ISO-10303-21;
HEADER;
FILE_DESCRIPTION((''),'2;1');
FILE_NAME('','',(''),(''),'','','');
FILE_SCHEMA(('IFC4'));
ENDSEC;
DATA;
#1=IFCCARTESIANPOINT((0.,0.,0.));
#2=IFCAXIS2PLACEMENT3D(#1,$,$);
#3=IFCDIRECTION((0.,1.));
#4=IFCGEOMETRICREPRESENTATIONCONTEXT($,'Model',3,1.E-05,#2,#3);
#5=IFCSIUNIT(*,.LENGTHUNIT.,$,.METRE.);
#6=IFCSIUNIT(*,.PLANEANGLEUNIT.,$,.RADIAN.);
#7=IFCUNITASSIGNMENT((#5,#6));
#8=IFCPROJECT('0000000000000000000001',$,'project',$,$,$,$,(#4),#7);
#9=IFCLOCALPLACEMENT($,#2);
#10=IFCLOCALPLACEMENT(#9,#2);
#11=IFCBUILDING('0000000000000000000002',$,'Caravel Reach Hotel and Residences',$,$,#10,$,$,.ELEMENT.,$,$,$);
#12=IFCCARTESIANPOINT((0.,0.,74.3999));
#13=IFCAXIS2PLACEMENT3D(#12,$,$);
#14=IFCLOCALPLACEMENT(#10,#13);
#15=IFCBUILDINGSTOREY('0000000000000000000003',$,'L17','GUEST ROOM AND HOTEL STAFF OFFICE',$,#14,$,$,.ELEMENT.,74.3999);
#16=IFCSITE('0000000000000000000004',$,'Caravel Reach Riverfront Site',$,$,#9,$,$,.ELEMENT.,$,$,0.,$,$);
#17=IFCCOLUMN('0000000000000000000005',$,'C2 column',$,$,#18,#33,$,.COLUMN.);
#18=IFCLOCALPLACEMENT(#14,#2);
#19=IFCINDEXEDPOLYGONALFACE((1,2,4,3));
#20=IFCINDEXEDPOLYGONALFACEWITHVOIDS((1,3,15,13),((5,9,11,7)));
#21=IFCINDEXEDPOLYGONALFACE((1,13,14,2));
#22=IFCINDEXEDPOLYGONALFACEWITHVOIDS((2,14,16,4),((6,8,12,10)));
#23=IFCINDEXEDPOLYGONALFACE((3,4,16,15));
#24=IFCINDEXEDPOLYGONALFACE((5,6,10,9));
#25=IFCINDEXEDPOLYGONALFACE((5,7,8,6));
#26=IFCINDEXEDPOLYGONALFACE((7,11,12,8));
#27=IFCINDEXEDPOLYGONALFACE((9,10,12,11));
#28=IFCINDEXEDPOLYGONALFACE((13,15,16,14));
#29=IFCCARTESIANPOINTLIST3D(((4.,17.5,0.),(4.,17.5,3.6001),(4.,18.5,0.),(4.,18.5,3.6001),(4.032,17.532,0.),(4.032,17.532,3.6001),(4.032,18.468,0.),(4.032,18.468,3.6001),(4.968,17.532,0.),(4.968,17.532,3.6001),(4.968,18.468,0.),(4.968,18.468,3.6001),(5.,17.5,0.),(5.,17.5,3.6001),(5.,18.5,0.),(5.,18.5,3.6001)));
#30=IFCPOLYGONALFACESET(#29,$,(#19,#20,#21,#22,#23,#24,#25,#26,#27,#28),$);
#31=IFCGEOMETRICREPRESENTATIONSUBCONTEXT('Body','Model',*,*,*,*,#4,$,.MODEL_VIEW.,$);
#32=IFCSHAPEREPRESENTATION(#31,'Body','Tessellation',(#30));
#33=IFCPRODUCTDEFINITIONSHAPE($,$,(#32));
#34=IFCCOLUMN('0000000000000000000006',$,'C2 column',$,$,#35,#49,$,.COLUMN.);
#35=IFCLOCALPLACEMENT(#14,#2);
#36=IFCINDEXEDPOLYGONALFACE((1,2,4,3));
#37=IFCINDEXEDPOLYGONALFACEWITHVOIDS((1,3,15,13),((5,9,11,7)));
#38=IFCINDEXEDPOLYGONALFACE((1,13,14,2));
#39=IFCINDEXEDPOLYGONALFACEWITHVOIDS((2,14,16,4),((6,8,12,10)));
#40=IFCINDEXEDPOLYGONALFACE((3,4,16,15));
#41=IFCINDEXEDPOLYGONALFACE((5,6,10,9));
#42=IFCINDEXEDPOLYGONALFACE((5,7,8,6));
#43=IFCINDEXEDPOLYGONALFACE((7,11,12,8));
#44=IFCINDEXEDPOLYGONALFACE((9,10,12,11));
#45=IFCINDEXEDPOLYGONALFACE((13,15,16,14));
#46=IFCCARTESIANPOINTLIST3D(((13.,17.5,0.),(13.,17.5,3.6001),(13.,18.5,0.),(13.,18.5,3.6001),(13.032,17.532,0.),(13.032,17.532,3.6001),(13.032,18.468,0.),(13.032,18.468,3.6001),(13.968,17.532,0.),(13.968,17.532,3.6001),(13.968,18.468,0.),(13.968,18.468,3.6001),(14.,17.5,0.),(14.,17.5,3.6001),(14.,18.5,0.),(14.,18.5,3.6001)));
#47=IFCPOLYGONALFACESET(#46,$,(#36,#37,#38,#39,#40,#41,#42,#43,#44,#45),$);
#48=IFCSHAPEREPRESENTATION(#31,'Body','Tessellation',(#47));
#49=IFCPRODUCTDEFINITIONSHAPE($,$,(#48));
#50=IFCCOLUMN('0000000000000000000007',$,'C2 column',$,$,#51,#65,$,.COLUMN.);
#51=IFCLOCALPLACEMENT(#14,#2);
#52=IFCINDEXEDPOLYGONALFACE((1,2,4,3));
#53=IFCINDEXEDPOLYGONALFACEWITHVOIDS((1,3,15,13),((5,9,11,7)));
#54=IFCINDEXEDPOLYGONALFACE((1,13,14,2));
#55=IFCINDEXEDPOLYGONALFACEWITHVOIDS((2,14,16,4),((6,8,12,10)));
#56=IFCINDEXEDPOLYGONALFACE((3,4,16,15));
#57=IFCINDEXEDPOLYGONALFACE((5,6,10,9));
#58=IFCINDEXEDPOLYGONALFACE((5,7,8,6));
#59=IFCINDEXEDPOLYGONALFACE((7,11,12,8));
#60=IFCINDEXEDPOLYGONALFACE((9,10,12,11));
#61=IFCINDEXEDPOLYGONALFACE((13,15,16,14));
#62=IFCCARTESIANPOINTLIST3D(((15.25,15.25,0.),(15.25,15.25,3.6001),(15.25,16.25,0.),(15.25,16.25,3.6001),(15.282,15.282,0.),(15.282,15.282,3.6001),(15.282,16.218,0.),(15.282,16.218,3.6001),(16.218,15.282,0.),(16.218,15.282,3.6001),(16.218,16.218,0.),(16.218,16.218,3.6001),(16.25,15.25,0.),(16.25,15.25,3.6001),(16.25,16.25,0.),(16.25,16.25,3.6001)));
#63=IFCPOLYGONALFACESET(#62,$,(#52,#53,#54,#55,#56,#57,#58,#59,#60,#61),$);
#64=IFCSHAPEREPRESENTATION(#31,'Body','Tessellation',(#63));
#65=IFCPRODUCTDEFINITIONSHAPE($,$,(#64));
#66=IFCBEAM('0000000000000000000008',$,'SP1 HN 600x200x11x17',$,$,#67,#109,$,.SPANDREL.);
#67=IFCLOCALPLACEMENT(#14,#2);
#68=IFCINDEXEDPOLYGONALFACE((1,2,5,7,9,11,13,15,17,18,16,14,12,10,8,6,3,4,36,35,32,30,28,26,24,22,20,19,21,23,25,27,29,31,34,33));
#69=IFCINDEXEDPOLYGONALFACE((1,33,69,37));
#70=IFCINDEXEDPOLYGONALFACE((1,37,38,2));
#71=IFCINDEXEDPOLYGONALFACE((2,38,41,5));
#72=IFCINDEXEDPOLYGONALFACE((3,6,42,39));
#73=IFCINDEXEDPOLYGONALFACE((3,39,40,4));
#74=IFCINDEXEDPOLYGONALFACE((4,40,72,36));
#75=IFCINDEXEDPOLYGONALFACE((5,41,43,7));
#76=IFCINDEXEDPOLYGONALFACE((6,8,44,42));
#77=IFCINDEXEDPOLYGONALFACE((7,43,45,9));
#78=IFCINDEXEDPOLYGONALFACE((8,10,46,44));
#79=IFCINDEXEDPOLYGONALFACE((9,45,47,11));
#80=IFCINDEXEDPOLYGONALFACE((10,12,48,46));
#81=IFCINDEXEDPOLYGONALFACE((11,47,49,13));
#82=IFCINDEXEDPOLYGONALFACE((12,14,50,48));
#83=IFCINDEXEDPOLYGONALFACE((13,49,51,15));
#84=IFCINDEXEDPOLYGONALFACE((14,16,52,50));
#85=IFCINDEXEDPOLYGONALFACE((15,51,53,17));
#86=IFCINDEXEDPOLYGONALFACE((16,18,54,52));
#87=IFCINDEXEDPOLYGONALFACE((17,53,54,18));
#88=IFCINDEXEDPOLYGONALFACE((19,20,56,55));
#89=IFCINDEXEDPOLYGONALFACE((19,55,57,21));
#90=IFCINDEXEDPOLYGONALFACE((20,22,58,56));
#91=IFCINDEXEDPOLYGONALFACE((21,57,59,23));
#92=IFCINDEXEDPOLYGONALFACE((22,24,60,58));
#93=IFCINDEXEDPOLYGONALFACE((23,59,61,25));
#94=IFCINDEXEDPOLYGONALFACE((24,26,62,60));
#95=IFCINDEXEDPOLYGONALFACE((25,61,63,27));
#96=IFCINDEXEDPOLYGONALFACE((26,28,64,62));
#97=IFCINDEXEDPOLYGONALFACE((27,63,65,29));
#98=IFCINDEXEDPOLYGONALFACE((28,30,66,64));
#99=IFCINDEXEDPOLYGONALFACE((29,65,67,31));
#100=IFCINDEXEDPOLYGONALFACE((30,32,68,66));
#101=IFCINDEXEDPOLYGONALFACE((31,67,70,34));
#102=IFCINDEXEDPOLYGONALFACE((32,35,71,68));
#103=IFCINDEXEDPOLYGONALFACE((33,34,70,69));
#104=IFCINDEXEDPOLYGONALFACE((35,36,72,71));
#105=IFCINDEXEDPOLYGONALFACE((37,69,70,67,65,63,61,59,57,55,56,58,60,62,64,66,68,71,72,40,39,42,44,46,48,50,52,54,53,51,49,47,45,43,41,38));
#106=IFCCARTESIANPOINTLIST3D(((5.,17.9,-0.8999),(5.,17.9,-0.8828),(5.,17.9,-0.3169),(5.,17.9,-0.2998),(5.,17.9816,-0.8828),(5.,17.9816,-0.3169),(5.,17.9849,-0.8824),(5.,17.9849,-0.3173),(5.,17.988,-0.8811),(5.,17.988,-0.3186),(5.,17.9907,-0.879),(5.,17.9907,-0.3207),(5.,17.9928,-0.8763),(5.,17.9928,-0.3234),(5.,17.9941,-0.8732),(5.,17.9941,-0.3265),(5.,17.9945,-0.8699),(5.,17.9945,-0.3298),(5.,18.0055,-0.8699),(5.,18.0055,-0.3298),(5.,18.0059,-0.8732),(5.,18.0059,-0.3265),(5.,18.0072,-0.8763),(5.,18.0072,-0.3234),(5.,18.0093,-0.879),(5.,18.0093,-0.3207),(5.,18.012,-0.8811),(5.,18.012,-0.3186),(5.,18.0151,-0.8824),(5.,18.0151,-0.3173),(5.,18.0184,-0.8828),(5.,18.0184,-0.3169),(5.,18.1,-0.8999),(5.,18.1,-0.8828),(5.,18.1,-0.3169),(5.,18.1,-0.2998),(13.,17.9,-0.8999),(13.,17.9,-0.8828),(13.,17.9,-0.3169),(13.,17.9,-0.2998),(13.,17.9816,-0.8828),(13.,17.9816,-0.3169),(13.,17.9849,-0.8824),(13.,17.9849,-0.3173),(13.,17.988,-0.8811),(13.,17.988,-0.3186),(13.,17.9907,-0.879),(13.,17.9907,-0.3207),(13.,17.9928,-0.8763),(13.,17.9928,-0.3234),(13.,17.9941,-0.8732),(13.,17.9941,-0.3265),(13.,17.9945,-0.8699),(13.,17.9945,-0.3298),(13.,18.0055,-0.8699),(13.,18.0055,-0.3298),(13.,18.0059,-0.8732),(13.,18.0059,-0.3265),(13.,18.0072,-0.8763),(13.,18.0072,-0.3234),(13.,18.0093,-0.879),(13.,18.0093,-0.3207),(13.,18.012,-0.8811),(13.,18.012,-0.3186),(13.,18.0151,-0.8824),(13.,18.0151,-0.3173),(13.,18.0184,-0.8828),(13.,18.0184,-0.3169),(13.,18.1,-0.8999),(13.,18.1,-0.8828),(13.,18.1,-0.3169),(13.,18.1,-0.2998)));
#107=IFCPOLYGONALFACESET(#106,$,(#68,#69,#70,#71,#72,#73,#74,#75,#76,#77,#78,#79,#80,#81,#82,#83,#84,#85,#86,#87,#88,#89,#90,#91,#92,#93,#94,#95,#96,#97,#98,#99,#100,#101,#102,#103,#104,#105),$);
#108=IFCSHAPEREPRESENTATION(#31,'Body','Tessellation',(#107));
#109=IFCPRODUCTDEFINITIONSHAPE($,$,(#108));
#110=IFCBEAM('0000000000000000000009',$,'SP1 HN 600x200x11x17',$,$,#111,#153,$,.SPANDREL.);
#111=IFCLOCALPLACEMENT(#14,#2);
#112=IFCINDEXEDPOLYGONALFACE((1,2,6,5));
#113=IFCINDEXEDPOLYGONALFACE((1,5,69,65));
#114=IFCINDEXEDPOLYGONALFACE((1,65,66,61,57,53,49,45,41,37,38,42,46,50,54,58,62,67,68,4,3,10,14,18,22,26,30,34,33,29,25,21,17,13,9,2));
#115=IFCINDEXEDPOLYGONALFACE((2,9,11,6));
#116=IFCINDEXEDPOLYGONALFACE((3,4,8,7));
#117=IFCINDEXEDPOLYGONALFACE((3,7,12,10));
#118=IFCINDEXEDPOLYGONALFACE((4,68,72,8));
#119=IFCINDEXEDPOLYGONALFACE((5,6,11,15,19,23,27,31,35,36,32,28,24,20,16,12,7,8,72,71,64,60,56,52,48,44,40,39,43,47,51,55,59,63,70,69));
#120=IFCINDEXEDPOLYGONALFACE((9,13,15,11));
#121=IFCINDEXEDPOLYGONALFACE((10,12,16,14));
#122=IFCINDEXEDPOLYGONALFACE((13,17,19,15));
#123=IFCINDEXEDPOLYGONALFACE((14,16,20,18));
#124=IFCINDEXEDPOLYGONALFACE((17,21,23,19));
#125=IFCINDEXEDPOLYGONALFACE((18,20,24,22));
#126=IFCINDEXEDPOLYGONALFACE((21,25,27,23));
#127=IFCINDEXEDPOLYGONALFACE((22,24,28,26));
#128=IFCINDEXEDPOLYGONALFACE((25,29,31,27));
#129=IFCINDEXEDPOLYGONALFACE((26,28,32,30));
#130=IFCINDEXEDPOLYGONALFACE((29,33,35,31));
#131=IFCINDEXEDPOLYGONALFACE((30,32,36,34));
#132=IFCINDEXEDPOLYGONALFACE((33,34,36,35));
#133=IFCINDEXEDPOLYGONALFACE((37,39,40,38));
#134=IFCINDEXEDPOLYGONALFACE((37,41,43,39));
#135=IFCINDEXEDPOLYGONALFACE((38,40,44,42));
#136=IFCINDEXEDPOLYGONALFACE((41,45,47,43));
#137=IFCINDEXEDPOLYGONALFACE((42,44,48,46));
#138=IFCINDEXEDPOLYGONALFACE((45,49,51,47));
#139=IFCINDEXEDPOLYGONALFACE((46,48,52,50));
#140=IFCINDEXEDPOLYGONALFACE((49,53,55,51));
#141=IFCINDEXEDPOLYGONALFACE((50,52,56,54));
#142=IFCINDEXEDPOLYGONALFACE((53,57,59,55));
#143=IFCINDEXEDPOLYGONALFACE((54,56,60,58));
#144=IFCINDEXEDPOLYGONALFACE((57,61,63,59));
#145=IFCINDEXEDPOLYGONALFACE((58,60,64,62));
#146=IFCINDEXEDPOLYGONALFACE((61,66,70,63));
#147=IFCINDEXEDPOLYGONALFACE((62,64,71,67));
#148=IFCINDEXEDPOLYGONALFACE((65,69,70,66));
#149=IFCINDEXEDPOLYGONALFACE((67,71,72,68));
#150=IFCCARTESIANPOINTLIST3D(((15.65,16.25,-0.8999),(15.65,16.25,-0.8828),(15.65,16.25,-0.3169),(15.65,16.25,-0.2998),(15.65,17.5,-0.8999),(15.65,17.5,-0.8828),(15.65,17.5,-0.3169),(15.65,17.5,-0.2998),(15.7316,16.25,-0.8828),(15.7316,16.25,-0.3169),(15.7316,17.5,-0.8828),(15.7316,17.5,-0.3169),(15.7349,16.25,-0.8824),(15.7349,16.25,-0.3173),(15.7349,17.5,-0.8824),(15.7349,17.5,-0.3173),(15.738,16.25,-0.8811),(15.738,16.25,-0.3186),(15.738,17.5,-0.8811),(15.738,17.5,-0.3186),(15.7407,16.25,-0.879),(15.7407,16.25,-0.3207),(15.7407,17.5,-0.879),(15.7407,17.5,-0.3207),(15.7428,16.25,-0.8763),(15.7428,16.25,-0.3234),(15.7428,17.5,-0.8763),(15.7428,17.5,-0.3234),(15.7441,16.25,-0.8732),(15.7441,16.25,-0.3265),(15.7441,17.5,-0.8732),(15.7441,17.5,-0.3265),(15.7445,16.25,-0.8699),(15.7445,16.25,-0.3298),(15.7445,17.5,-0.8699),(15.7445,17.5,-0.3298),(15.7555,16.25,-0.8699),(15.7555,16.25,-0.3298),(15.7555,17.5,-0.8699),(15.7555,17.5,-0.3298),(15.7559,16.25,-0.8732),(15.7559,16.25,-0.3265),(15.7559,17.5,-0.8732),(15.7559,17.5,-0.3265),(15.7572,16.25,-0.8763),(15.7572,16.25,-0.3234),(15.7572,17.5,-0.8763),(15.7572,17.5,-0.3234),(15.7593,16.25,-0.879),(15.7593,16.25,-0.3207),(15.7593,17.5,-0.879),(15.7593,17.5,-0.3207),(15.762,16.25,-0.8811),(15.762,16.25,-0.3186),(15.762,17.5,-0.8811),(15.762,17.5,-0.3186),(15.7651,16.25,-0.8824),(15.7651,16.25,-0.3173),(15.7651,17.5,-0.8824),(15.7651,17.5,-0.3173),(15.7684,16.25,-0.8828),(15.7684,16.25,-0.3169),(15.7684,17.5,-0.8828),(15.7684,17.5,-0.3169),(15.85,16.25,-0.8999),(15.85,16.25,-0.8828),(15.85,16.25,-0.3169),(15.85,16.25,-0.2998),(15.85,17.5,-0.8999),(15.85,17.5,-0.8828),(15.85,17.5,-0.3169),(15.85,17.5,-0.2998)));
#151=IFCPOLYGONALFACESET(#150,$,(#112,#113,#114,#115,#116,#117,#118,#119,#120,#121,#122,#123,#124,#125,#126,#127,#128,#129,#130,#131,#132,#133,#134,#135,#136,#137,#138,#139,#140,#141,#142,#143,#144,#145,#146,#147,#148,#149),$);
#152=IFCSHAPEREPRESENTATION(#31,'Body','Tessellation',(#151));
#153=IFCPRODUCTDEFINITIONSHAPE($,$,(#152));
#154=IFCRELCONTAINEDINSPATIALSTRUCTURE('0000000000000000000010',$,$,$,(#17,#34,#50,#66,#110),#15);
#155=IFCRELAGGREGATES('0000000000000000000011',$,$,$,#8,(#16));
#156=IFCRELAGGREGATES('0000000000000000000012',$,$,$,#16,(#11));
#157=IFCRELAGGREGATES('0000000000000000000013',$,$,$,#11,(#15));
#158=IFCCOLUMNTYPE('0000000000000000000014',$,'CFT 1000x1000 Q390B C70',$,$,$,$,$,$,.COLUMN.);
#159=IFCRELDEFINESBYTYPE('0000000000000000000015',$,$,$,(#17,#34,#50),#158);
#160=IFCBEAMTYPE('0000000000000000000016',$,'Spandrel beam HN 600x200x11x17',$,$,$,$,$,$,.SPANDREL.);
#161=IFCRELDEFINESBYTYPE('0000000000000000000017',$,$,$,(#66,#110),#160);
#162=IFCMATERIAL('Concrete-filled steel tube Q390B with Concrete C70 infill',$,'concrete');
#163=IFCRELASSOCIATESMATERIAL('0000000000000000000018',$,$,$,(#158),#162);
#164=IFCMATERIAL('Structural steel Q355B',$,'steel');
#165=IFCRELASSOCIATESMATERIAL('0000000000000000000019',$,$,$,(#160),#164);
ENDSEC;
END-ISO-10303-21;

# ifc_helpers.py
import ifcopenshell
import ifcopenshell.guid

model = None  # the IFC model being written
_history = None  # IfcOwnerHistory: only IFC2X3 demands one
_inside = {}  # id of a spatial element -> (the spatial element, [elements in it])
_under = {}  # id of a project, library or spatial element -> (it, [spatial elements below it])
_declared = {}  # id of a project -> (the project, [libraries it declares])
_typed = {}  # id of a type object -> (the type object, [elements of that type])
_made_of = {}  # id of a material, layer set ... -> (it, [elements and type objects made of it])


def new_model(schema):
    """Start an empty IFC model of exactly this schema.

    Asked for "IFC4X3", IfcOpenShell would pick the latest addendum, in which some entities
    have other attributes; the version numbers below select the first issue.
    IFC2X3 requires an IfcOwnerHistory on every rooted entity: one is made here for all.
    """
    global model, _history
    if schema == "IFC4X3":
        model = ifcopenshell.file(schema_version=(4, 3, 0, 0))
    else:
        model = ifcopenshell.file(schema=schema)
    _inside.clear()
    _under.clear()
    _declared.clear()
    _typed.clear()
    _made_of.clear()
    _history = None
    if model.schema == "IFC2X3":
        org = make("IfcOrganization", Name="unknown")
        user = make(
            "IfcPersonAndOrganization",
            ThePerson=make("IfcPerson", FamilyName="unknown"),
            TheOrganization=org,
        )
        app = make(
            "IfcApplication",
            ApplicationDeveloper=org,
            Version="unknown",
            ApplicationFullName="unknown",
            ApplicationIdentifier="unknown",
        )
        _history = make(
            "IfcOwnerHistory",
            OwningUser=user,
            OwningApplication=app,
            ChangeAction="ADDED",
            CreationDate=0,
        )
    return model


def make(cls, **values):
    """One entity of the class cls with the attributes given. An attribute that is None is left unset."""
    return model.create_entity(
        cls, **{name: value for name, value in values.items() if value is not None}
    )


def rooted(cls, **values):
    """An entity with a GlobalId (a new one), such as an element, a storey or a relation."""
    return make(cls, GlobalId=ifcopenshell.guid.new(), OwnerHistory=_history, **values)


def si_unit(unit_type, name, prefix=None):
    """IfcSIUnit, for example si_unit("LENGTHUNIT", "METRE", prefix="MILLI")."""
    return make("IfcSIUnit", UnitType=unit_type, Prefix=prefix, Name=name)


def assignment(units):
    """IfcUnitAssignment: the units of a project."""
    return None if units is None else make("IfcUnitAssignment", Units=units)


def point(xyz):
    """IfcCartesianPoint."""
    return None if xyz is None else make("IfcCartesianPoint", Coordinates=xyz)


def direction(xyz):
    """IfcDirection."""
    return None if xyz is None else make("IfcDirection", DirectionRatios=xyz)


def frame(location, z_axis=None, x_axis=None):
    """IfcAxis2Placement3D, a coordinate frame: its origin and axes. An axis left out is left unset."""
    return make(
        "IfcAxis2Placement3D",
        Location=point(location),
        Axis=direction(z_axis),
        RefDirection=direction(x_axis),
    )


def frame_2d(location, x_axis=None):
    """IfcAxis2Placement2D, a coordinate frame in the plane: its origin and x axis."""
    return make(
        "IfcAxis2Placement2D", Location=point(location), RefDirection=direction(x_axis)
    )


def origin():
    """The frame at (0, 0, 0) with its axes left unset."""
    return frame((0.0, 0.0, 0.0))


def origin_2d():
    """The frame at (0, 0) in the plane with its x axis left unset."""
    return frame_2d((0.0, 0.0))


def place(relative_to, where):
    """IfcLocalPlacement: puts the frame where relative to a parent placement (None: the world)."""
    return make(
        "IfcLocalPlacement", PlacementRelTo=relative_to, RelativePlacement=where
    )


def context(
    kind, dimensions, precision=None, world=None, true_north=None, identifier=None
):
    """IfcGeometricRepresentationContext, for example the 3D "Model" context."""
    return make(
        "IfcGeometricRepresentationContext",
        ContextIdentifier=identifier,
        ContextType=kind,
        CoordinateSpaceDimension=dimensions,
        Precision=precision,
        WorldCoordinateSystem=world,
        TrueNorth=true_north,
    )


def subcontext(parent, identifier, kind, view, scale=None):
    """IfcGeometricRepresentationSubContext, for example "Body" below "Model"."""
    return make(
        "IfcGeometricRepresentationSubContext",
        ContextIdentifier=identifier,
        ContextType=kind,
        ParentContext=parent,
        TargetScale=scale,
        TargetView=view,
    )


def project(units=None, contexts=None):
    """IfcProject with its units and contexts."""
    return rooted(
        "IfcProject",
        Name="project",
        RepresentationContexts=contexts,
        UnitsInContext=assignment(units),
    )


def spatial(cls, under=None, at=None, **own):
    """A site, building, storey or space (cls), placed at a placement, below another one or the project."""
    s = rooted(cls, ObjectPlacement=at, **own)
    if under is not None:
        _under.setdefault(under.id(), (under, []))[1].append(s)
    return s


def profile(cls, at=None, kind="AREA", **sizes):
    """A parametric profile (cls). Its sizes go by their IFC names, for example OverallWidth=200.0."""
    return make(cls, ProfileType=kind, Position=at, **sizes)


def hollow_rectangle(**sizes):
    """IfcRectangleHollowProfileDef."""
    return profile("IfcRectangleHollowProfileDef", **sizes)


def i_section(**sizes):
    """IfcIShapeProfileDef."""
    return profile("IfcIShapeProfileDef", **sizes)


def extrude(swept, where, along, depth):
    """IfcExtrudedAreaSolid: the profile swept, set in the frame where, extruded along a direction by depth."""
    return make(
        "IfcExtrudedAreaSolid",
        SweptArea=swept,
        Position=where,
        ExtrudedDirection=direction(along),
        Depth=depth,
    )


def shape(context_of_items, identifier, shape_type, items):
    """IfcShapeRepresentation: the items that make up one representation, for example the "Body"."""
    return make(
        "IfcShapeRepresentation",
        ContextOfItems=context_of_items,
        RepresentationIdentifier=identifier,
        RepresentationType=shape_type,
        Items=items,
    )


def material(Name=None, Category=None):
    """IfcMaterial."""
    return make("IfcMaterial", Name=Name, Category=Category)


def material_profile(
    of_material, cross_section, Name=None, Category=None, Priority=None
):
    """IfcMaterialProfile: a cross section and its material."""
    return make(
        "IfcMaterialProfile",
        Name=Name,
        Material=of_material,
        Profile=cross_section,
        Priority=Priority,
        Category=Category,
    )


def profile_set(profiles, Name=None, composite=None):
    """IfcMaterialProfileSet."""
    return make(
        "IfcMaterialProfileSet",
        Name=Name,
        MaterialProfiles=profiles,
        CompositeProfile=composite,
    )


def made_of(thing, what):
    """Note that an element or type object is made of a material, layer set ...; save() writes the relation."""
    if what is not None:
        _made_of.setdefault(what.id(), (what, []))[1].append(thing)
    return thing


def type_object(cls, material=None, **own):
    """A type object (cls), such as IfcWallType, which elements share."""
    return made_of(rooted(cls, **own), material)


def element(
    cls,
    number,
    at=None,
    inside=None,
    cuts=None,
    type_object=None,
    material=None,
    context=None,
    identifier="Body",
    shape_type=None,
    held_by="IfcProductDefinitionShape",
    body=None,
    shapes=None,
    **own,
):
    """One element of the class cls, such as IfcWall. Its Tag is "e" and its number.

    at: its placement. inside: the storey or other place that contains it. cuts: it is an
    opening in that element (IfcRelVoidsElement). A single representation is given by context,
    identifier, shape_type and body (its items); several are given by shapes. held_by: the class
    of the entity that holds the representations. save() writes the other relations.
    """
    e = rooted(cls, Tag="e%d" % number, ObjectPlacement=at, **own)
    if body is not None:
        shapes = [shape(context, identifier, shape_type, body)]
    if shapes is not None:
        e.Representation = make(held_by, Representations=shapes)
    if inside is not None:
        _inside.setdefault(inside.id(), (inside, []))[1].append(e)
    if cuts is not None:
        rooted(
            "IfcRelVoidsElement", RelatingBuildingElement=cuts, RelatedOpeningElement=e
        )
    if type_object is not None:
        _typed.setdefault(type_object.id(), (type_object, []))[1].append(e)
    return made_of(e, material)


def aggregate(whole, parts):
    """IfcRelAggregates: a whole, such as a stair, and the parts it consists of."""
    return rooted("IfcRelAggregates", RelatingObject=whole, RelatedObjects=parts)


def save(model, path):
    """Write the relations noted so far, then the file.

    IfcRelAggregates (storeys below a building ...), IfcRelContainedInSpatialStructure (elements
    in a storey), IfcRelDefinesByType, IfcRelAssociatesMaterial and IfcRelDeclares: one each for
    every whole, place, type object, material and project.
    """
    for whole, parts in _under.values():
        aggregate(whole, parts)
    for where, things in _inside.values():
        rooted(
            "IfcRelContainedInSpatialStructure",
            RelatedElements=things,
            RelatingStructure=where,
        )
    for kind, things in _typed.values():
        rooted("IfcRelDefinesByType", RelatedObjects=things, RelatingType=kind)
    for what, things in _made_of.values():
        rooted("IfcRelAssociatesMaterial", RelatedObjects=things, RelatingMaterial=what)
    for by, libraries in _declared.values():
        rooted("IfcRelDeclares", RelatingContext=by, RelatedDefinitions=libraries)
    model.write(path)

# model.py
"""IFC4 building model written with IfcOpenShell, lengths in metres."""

from ifc_helpers import new_model, si_unit, direction, frame, origin, origin_2d, place, context, subcontext, project, spatial, hollow_rectangle, i_section, extrude, material, material_profile, profile_set, type_object, element, save


model = new_model("IFC4")

# Units and contexts
model_context = context("Model", 3, precision=1e-05, world=origin(), true_north=direction((0.0, 1.0)))
body_context = subcontext(model_context, "Body", "Model", "MODEL_VIEW")
ifc_project = project(units=[si_unit("LENGTHUNIT", "METRE"), si_unit("PLANEANGLEUNIT", "RADIAN")], contexts=[model_context])

# Site, building, storey
site_placement = place(None, origin())
site = spatial("IfcSite", under=ifc_project, at=site_placement, Name="Caravel Reach Riverfront Site", CompositionType="ELEMENT", RefElevation=0.0)
building_placement = place(site_placement, origin())
building = spatial("IfcBuilding", under=site, at=building_placement, Name="Caravel Reach Hotel and Residences", CompositionType="ELEMENT")
storey_placement = place(building_placement, frame((0.0, 0.0, 74.3999)))
storey = spatial("IfcBuildingStorey", under=building, at=storey_placement, Name="L17", Description="GUEST ROOM AND HOTEL STAFF OFFICE", CompositionType="ELEMENT", Elevation=74.3999)

# Columns
ifc_material_1 = material(Name="Concrete-filled steel tube Q390B with Concrete C70 infill", Category="concrete")
ifc_material_profile_1 = material_profile(ifc_material_1, hollow_rectangle(XDim=1.0, YDim=1.0, WallThickness=0.032, at=origin_2d()), Name="RHS 1000x1000x32")
ifc_profile_set_1 = profile_set([ifc_material_profile_1], Name="Concrete-filled steel tube Q390B with Concrete C70 infill")
column_type = type_object("IfcColumnType", Name="CFT 1000x1000 Q390B C70", PredefinedType="COLUMN", material=ifc_profile_set_1)
for number, where, z_axis, x_axis, name in (
    (1, (4.5, 18.0, 0.0), (0.0, 0.0, 1.0), (1.0, 0.0, 0.0), "C2 column"),
    (2, (13.5, 18.0, 0.0), (0.0, 0.0, 1.0), (1.0, 0.0, 0.0), "C2 column"),
    (3, (15.75, 15.75, 0.0), (0.0, 0.0, 1.0), (1.0, 0.0, 0.0), "C2 column"),
):
    element("IfcColumn", number, at=place(storey_placement, frame(where, z_axis=z_axis, x_axis=x_axis)), inside=storey, type_object=column_type, Name=name, PredefinedType="COLUMN", context=body_context, shape_type="SweptSolid", body=[
        extrude(hollow_rectangle(XDim=1.0, YDim=1.0, WallThickness=0.032, at=origin_2d()), origin(), (0.0, 0.0, 1.0), 3.6001),
    ])

# Beams
ifc_material_2 = material(Name="Structural steel Q355B", Category="steel")
ifc_material_profile_2 = material_profile(ifc_material_2, i_section(OverallWidth=0.2, OverallDepth=0.6001, WebThickness=0.011, FlangeThickness=0.0171, FilletRadius=0.0129, at=origin_2d()), Name="HN 600x200x11x17")
ifc_profile_set_2 = profile_set([ifc_material_profile_2], Name="Structural steel Q355B")
beam_type = type_object("IfcBeamType", Name="Spandrel beam HN 600x200x11x17", PredefinedType="SPANDREL", material=ifc_profile_set_2)
beam_1_placement = place(storey_placement, frame((5.0, 18.0, -0.5999), z_axis=(1.0, 0.0, 0.0), x_axis=(0.0, 1.0, 0.0)))
element("IfcBeam", 4, at=beam_1_placement, inside=storey, type_object=beam_type, Name="SP1 HN 600x200x11x17", PredefinedType="SPANDREL", context=body_context, shape_type="SweptSolid", body=[
    extrude(i_section(OverallWidth=0.2, OverallDepth=0.6001, WebThickness=0.011, FlangeThickness=0.0171, FilletRadius=0.0129, at=origin_2d()), origin(), (0.0, 0.0, 1.0), 8.0),
])
beam_2_placement = place(storey_placement, frame((15.75, 17.5, -0.5999), z_axis=(0.0, -1.0, 0.0), x_axis=(1.0, 0.0, 0.0)))
element("IfcBeam", 5, at=beam_2_placement, inside=storey, type_object=beam_type, Name="SP1 HN 600x200x11x17", PredefinedType="SPANDREL", context=body_context, shape_type="SweptSolid", body=[
    extrude(i_section(OverallWidth=0.2, OverallDepth=0.6001, WebThickness=0.011, FlangeThickness=0.0171, FilletRadius=0.0129, at=origin_2d()), origin(), (0.0, 0.0, 1.0), 1.25),
])

save(model, "model.ifc")
